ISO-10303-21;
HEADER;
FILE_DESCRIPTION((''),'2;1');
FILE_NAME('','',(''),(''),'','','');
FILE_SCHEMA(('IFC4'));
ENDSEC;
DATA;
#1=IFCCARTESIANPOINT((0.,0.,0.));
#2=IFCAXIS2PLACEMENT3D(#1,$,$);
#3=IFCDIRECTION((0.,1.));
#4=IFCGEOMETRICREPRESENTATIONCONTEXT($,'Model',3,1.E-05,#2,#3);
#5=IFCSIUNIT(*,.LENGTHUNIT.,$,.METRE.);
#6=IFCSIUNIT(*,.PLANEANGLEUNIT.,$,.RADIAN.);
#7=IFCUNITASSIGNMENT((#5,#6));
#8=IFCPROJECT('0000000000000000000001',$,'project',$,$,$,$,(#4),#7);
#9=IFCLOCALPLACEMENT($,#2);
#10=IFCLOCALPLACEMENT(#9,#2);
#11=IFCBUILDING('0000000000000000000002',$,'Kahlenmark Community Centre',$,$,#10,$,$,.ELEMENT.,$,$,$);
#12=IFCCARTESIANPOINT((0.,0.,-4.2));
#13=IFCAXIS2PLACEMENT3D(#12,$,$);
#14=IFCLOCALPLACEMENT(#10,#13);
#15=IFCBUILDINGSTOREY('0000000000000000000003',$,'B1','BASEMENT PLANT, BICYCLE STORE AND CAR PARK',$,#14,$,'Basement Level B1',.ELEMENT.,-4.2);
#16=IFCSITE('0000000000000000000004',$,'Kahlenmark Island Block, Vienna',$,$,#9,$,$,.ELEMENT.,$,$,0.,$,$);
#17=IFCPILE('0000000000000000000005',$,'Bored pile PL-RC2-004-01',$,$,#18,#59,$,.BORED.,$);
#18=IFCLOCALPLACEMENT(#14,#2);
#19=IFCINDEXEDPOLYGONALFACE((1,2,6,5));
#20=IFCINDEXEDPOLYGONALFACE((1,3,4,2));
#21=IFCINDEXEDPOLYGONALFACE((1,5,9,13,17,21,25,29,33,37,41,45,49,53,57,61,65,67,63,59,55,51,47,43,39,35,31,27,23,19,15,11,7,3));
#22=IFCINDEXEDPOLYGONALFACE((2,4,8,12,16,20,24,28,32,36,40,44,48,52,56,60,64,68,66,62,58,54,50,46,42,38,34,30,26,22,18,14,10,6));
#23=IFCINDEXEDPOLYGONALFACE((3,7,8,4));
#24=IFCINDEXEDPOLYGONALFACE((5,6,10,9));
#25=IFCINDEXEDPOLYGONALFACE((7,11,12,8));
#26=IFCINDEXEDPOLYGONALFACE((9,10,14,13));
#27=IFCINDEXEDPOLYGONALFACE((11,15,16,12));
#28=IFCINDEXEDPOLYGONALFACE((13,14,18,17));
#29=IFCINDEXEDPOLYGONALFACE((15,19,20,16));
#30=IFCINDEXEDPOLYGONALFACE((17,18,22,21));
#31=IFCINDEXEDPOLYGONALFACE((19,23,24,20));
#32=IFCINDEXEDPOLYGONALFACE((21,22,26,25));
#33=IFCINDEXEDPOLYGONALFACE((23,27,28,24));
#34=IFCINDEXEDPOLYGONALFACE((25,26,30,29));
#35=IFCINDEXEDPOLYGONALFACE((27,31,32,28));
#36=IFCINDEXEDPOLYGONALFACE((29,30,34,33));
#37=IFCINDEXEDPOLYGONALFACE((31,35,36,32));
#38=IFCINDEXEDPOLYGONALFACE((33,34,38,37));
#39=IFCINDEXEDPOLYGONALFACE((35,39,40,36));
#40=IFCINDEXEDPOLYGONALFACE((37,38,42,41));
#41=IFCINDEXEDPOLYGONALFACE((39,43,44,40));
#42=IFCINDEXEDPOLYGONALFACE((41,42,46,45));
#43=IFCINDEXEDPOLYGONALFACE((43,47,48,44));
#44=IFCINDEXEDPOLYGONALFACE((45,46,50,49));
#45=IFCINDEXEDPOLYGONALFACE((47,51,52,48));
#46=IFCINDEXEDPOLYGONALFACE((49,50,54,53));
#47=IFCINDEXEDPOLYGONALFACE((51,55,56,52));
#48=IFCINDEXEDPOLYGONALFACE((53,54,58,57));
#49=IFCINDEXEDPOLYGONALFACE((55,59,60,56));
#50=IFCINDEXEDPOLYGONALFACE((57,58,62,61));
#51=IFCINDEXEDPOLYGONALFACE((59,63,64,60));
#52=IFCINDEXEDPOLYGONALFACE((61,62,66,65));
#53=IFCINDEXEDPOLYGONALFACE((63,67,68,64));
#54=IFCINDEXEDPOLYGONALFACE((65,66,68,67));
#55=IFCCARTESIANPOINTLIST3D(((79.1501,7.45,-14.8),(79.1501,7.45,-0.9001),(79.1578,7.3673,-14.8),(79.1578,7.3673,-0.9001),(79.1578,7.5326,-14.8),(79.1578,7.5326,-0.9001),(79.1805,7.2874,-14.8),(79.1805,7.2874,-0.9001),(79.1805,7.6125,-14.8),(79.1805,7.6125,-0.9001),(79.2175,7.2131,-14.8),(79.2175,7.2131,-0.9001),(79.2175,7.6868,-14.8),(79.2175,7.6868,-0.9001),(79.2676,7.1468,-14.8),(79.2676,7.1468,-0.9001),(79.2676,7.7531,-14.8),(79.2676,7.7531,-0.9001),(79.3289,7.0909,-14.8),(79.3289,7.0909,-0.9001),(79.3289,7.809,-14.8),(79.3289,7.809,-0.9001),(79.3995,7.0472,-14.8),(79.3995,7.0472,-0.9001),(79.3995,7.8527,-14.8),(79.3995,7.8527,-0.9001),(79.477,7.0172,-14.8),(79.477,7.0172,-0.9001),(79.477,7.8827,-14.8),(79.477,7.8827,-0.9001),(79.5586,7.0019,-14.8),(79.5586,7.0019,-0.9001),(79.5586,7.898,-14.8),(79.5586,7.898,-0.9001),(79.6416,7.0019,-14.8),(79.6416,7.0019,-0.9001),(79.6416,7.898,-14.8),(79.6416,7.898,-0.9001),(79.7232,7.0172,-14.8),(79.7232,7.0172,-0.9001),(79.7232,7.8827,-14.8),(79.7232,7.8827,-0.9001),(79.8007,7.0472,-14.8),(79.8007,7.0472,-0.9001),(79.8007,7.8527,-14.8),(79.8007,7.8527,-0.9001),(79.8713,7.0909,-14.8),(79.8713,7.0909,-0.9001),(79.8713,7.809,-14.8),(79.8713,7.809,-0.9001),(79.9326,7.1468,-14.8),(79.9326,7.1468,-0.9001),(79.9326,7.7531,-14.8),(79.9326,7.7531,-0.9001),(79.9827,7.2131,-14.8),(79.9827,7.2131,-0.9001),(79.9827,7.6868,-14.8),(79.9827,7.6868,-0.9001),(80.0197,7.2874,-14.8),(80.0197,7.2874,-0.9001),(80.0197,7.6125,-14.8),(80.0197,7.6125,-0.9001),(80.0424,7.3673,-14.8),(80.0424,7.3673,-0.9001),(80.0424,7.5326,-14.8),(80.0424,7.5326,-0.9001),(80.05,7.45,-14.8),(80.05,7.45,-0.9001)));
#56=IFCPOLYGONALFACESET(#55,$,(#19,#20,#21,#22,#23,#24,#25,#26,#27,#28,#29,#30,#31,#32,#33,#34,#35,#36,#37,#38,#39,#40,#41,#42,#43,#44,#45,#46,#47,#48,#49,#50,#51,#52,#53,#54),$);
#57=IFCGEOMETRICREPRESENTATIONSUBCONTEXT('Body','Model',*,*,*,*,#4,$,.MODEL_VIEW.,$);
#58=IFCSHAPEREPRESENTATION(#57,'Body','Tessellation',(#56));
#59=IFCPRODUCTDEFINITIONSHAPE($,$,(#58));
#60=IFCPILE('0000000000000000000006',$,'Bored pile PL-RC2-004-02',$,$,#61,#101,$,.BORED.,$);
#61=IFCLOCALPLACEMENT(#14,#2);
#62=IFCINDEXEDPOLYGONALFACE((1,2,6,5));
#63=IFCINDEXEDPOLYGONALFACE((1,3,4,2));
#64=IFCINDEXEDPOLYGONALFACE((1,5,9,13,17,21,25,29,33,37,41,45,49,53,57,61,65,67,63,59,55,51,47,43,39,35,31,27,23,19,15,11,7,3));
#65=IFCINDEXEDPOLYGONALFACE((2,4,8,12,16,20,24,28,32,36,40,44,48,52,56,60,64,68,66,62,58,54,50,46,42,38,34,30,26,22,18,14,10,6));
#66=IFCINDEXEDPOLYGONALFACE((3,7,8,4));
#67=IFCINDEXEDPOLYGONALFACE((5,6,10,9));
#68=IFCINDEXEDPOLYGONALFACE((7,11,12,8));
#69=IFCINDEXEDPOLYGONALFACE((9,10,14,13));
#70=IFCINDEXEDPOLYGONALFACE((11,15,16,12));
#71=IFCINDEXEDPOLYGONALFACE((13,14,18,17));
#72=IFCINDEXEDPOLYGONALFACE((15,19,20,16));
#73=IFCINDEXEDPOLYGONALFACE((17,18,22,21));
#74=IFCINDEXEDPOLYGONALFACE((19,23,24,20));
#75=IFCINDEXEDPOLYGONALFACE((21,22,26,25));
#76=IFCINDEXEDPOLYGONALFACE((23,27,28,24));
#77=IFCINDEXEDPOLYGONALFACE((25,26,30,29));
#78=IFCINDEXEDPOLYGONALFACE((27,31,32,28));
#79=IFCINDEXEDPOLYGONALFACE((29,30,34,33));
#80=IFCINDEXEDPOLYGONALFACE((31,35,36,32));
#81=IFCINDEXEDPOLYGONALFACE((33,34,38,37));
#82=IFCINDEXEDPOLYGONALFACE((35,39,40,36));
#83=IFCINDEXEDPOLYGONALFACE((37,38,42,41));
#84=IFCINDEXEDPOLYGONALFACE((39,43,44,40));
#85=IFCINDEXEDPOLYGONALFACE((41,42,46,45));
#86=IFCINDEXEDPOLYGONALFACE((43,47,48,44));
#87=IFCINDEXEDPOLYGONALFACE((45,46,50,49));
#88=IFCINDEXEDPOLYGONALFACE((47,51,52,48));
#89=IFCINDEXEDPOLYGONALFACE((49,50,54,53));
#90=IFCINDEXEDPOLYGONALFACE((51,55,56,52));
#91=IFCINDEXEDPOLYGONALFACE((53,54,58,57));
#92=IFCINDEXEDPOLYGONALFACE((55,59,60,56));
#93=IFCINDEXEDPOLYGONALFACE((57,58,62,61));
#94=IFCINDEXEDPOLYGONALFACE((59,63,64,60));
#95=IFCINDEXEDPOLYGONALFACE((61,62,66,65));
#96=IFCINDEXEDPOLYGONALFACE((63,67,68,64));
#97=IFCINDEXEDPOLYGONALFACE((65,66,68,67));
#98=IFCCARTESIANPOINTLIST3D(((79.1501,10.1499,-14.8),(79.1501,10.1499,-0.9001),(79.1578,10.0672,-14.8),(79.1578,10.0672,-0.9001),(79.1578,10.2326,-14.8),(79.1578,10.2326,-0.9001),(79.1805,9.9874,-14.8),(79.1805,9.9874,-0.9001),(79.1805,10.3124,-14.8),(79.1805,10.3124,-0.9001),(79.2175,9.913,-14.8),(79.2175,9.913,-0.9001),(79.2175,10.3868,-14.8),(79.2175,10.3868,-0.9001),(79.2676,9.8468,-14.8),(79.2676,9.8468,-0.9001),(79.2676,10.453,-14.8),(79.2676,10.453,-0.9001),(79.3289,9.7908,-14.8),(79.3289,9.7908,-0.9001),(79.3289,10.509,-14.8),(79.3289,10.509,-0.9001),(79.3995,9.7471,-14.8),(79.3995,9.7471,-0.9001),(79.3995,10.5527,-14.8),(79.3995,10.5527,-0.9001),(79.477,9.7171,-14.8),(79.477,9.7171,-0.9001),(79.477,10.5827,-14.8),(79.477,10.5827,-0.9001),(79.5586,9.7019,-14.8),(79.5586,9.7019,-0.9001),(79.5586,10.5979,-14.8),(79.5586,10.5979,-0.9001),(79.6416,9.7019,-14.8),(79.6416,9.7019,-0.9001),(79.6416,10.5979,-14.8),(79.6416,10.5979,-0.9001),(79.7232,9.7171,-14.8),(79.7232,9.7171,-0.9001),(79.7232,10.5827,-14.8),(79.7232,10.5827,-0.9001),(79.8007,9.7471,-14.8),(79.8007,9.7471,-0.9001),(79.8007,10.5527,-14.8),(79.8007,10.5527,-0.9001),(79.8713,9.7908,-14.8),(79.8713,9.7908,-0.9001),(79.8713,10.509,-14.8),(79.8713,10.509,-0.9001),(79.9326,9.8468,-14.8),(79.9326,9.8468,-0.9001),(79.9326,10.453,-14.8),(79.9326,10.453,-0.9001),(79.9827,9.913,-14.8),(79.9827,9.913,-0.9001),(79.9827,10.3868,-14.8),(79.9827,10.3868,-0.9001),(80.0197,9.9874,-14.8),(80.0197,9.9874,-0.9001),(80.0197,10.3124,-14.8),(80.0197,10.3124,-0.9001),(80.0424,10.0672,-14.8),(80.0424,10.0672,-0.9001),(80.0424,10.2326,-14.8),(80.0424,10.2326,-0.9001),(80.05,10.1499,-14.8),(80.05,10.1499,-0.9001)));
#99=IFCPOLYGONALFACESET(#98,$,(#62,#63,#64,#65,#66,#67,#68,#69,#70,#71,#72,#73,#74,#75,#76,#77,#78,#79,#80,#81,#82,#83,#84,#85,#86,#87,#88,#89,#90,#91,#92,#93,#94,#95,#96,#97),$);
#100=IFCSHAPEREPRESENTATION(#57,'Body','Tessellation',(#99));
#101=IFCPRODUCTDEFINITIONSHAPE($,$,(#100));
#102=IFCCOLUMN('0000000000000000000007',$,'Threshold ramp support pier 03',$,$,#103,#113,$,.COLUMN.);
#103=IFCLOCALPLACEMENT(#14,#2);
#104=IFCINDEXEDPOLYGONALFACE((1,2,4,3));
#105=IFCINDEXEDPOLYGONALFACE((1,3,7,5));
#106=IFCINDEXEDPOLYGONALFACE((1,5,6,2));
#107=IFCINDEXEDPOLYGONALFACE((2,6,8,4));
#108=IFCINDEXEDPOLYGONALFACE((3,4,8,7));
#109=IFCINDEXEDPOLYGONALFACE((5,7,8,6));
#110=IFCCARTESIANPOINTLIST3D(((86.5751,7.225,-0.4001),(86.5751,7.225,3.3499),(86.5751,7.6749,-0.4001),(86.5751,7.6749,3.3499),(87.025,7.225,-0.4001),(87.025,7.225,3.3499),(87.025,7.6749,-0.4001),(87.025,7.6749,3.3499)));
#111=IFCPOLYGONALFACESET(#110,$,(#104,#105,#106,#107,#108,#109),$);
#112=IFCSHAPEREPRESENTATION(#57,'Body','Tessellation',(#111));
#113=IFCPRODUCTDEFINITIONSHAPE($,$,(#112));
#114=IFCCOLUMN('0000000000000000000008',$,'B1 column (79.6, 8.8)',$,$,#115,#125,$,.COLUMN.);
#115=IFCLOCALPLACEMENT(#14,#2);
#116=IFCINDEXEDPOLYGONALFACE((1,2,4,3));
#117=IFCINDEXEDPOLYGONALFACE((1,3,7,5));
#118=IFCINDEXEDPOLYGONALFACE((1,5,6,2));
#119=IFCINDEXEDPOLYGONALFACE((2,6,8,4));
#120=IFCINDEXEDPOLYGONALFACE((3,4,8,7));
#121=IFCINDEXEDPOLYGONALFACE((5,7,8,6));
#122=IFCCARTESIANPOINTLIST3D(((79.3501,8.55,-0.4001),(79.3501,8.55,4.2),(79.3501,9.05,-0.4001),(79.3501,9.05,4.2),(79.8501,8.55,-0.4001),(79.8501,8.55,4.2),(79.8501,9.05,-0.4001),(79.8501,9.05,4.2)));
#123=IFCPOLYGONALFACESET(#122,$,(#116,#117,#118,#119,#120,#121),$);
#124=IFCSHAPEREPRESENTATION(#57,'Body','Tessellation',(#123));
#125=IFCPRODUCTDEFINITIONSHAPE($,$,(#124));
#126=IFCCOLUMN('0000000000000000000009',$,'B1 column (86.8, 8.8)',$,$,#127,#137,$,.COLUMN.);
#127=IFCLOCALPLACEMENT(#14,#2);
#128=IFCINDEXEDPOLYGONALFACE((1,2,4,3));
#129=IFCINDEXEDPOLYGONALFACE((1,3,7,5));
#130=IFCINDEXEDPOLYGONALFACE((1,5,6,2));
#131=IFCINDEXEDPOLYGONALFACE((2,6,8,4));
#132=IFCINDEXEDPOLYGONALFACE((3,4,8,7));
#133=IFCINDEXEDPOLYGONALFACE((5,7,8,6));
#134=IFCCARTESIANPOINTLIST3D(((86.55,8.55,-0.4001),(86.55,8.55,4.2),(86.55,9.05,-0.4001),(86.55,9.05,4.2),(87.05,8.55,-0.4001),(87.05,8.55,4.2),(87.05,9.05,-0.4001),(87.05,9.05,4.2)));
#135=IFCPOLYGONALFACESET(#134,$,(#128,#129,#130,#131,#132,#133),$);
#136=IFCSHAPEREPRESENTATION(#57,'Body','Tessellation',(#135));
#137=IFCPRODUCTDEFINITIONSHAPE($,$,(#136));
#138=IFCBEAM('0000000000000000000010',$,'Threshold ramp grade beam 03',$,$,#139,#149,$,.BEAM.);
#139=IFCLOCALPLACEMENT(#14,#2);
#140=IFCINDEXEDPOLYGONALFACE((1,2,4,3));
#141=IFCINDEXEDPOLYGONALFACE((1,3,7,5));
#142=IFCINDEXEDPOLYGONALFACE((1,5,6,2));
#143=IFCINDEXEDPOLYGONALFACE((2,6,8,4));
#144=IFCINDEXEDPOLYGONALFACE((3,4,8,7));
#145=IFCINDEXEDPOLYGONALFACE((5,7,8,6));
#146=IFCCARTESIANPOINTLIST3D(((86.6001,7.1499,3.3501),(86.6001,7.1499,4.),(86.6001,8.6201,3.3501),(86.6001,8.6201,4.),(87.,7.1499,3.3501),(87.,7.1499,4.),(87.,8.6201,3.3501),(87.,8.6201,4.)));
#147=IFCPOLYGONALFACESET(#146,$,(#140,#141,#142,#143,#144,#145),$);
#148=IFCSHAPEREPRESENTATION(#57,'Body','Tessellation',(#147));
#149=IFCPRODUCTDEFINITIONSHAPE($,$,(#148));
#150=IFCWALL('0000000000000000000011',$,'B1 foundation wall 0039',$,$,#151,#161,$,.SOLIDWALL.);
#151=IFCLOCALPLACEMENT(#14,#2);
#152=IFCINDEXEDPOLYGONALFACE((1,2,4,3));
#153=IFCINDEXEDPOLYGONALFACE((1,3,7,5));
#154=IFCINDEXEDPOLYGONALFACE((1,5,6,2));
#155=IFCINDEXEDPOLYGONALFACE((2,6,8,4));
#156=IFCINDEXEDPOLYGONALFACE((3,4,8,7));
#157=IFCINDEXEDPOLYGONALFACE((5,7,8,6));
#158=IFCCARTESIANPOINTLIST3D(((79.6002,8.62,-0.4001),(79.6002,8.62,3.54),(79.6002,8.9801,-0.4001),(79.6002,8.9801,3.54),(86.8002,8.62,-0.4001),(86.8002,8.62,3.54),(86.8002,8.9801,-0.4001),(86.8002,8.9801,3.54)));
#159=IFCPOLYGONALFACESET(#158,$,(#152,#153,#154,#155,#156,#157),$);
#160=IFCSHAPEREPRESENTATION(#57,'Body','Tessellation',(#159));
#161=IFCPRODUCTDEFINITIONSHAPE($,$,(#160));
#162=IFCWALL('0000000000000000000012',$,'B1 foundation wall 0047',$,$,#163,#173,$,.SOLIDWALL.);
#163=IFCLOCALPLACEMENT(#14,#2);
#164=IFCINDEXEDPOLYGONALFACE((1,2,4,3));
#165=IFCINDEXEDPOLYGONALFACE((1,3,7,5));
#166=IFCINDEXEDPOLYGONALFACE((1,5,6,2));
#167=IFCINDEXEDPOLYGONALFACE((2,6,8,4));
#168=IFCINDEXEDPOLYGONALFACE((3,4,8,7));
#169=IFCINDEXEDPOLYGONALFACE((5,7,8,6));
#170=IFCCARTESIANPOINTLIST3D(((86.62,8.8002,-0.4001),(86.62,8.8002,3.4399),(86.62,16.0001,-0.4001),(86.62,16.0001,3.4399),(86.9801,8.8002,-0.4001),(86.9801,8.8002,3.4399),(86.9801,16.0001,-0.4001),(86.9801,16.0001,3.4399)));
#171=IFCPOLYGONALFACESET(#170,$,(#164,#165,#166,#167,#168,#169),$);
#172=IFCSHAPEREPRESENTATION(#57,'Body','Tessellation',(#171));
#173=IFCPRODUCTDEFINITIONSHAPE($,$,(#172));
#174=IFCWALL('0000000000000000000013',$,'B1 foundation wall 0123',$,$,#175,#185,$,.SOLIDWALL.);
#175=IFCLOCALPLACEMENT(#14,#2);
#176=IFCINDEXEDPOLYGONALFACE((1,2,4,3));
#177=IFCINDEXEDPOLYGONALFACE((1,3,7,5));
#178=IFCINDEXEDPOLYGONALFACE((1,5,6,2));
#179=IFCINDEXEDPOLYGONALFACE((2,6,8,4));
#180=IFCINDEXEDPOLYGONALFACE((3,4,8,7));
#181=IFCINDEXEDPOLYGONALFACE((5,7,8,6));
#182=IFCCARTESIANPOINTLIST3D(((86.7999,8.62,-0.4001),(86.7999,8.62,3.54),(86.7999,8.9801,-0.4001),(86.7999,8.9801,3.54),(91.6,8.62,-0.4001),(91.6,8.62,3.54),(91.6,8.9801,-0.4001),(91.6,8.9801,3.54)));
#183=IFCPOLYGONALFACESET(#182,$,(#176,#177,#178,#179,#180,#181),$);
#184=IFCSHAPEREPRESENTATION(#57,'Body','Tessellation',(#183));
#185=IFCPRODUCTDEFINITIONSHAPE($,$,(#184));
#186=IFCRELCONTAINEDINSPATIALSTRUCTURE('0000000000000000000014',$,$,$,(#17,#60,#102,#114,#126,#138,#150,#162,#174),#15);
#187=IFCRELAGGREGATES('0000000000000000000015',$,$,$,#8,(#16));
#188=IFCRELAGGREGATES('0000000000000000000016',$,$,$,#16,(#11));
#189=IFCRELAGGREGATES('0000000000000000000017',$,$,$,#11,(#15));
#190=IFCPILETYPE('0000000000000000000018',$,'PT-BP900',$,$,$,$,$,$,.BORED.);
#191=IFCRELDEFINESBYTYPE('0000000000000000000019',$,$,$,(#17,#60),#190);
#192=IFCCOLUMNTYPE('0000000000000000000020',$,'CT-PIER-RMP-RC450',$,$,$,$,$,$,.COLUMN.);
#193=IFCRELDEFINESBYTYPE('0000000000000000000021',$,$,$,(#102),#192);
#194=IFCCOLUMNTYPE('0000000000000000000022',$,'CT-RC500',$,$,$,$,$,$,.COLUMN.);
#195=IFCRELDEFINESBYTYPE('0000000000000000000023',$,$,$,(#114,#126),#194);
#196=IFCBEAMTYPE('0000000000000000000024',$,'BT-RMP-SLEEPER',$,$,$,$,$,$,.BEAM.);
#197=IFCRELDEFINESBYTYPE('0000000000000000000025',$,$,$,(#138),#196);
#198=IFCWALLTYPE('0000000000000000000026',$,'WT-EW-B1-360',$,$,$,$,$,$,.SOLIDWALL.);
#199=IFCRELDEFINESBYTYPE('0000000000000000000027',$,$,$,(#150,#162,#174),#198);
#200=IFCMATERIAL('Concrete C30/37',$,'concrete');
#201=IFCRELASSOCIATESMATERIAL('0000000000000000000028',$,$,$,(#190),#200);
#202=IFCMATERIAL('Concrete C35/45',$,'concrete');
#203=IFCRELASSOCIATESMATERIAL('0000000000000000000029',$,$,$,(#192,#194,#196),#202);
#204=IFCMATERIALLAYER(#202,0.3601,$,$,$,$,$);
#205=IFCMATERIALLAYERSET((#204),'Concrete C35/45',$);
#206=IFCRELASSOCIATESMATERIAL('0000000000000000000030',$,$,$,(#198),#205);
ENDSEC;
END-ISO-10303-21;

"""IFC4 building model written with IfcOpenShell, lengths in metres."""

from ifc_helpers import new_model, si_unit, direction, frame, frame_2d, origin, origin_2d, place, context, subcontext, project, spatial, rectangle, circle, extrude, material, layer, layer_set, material_profile, profile_set, type_object, element, save


model = new_model("IFC4")

# Units and contexts
model_context = context("Model", 3, precision=1e-05, world=origin(), true_north=direction((0.0, 1.0)))
body_context = subcontext(model_context, "Body", "Model", "MODEL_VIEW")
ifc_project = project(units=[si_unit("LENGTHUNIT", "METRE"), si_unit("PLANEANGLEUNIT", "RADIAN")], contexts=[model_context])

# Site, building, storey
site_placement = place(None, origin())
site = spatial("IfcSite", under=ifc_project, at=site_placement, Name="Kahlenmark Island Block, Vienna", CompositionType="ELEMENT", RefElevation=0.0)
building_placement = place(site_placement, origin())
building = spatial("IfcBuilding", under=site, at=building_placement, Name="Kahlenmark Community Centre", CompositionType="ELEMENT")
storey_placement = place(building_placement, frame((0.0, 0.0, -4.2)))
storey = spatial("IfcBuildingStorey", under=building, at=storey_placement, Name="B1", Description="BASEMENT PLANT, BICYCLE STORE AND CAR PARK", LongName="Basement Level B1", CompositionType="ELEMENT", Elevation=-4.2)

# Shared definitions
ifc_material_1 = material(Name="Concrete C30/37", Category="concrete")

# Piles
ifc_material_profile_1 = material_profile(ifc_material_1, circle(Radius=0.45, at=origin_2d()), Name="BORED PILE 900")
ifc_profile_set_1 = profile_set([ifc_material_profile_1], Name="Concrete C30/37")
pile_type_1 = type_object("IfcPileType", Name="PT-BP900", PredefinedType="BORED", material=ifc_profile_set_1)
for number, where, z_axis, x_axis, name in (
    (1, (79.6001, 7.45, -0.9001), (0.0, 0.0, -1.0), (1.0, 0.0, 0.0), "Bored pile PL-RC2-004-01"),
    (2, (79.6001, 10.1499, -0.9001), (0.0, 0.0, -1.0), (1.0, 0.0, 0.0), "Bored pile PL-RC2-004-02"),
):
    element("IfcPile", number, at=place(storey_placement, frame(where, z_axis=z_axis, x_axis=x_axis)), inside=storey, type_object=pile_type_1, Name=name, PredefinedType="BORED", context=body_context, shape_type="SweptSolid", body=[
        extrude(circle(Radius=0.45, at=origin_2d()), origin(), (0.0, 0.0, 1.0), 13.8999),
    ])

# Columns
ifc_material_2 = material(Name="Concrete C35/45", Category="concrete")
ifc_material_profile_2 = material_profile(ifc_material_2, rectangle(XDim=0.45, YDim=0.45, at=origin_2d()), Name="RC 450x450")
ifc_profile_set_2 = profile_set([ifc_material_profile_2], Name="Concrete C35/45")
column_type_1 = type_object("IfcColumnType", Name="CT-PIER-RMP-RC450", PredefinedType="COLUMN", material=ifc_profile_set_2)
column_placement = place(storey_placement, frame((86.8, 7.45, -0.4001), z_axis=(0.0, 0.0, 1.0), x_axis=(1.0, 0.0, 0.0)))
element("IfcColumn", 3, at=column_placement, inside=storey, type_object=column_type_1, Name="Threshold ramp support pier 03", PredefinedType="COLUMN", context=body_context, shape_type="SweptSolid", body=[
    extrude(rectangle(XDim=0.45, YDim=0.45, at=origin_2d()), origin(), (0.0, 0.0, 1.0), 3.75),
])
ifc_material_profile_3 = material_profile(ifc_material_2, rectangle(XDim=0.5, YDim=0.5, at=origin_2d()), Name="RC 500x500")
ifc_profile_set_3 = profile_set([ifc_material_profile_3], Name="Concrete C35/45")
column_type_2 = type_object("IfcColumnType", Name="CT-RC500", PredefinedType="COLUMN", material=ifc_profile_set_3)
for number, where, z_axis, x_axis, name in (
    (4, (79.6001, 8.8, -0.4001), (0.0, 0.0, 1.0), (1.0, 0.0, 0.0), "B1 column (79.6, 8.8)"),
    (5, (86.8, 8.8, -0.4001), (0.0, 0.0, 1.0), (1.0, 0.0, 0.0), "B1 column (86.8, 8.8)"),
):
    element("IfcColumn", number, at=place(storey_placement, frame(where, z_axis=z_axis, x_axis=x_axis)), inside=storey, type_object=column_type_2, Name=name, PredefinedType="COLUMN", context=body_context, shape_type="SweptSolid", body=[
        extrude(rectangle(XDim=0.5, YDim=0.5, at=origin_2d()), origin(), (0.0, 0.0, 1.0), 4.6001),
    ])

# Beam
ifc_material_profile_4 = material_profile(ifc_material_2, rectangle(XDim=0.3999, YDim=0.6499, at=origin_2d()), Name="RC 400x650")
ifc_profile_set_4 = profile_set([ifc_material_profile_4], Name="Concrete C35/45")
beam_type = type_object("IfcBeamType", Name="BT-RMP-SLEEPER", PredefinedType="BEAM", material=ifc_profile_set_4)
beam_placement = place(storey_placement, frame((86.8, 7.1499, 3.675), z_axis=(0.0, 1.0, 0.0), x_axis=(-1.0, 0.0, 0.0)))
element("IfcBeam", 6, at=beam_placement, inside=storey, type_object=beam_type, Name="Threshold ramp grade beam 03", PredefinedType="BEAM", context=body_context, shape_type="SweptSolid", body=[
    extrude(rectangle(XDim=0.3999, YDim=0.6499, at=origin_2d()), origin(), (0.0, 0.0, 1.0), 1.4702),
])

# Walls
ifc_layer = layer(ifc_material_2, 0.3601)
ifc_layer_set = layer_set([ifc_layer], Name="Concrete C35/45")
wall_type = type_object("IfcWallType", Name="WT-EW-B1-360", PredefinedType="SOLIDWALL", material=ifc_layer_set)
wall_1_placement = place(storey_placement, frame((79.6001, 8.8, -0.4001), z_axis=(0.0, 0.0, 1.0), x_axis=(1.0, 0.0, 0.0)))
element("IfcWall", 7, at=wall_1_placement, inside=storey, type_object=wall_type, Name="B1 foundation wall 0039", PredefinedType="SOLIDWALL", context=body_context, shape_type="SweptSolid", body=[
    extrude(rectangle(XDim=7.2, YDim=0.3601, at=frame_2d((3.6001, 0.0))), origin(), (0.0, 0.0, 1.0), 3.9402),
])
wall_2_placement = place(storey_placement, frame((86.8, 8.8, -0.4001), z_axis=(0.0, 0.0, 1.0), x_axis=(0.0, 1.0, 0.0)))
element("IfcWall", 8, at=wall_2_placement, inside=storey, type_object=wall_type, Name="B1 foundation wall 0047", PredefinedType="SOLIDWALL", context=body_context, shape_type="SweptSolid", body=[
    extrude(rectangle(XDim=7.2, YDim=0.3601, at=frame_2d((3.6001, 0.0))), origin(), (0.0, 0.0, 1.0), 3.8401),
])
wall_3_placement = place(storey_placement, frame((86.8, 8.8, -0.4001), z_axis=(0.0, 0.0, 1.0), x_axis=(1.0, 0.0, 0.0)))
element("IfcWall", 9, at=wall_3_placement, inside=storey, type_object=wall_type, Name="B1 foundation wall 0123", PredefinedType="SOLIDWALL", context=body_context, shape_type="SweptSolid", body=[
    extrude(rectangle(XDim=4.8, YDim=0.3601, at=frame_2d((2.3999, 0.0))), origin(), (0.0, 0.0, 1.0), 3.9402),
])

save(model, "model.ifc")
